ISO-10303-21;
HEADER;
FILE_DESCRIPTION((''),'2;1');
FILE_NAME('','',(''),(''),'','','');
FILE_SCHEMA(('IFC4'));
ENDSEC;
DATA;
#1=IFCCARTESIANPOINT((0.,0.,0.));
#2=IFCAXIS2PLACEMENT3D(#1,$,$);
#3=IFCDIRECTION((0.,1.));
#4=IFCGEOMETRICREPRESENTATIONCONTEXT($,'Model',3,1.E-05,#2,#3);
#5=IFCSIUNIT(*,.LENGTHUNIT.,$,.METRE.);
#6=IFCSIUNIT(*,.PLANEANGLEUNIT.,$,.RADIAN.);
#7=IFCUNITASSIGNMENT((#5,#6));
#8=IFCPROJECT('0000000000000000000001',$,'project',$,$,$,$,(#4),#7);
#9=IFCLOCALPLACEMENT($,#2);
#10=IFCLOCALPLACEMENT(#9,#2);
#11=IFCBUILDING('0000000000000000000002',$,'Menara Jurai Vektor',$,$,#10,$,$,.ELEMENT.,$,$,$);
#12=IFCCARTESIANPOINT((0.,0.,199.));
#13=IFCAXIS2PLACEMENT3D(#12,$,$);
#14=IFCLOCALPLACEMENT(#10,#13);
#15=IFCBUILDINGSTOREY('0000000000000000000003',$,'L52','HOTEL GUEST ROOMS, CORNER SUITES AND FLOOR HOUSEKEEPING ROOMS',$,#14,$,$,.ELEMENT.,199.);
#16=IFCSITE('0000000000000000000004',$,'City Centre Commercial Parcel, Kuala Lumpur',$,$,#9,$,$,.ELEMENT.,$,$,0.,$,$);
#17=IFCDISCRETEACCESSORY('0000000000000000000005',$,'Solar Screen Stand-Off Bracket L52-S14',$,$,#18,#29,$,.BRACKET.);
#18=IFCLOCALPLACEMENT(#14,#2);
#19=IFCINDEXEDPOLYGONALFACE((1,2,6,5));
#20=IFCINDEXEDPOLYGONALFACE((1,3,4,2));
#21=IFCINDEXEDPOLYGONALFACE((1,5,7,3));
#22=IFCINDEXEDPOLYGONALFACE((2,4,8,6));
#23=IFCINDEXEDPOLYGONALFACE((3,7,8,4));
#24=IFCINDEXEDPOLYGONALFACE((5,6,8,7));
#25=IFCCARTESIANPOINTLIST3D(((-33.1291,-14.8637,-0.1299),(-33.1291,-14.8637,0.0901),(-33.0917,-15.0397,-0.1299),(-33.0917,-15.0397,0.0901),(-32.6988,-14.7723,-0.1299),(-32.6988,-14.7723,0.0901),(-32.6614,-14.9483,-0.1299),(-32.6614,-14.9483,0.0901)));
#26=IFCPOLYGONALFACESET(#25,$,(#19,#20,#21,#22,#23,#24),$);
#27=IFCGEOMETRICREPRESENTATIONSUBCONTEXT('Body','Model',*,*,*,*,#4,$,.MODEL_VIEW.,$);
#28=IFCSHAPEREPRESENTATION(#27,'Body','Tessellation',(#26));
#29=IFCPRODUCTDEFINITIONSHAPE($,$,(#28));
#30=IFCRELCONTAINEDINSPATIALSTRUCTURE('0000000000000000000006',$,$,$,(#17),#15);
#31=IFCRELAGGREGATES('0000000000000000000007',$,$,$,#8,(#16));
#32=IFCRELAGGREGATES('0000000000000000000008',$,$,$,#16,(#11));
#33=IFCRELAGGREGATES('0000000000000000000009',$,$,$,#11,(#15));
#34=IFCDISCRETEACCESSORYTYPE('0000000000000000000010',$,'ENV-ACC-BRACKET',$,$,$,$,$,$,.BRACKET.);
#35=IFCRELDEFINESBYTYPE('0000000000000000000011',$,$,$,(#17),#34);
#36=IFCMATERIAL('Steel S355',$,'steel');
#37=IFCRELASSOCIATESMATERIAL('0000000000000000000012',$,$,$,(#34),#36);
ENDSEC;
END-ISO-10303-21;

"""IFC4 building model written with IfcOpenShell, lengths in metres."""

from ifc_helpers import new_model, si_unit, direction, frame, origin, origin_2d, place, context, subcontext, project, spatial, rectangle, extrude, material, type_object, element, save


model = new_model("IFC4")

# Units and contexts
model_context = context("Model", 3, precision=1e-05, world=origin(), true_north=direction((0.0, 1.0)))
body_context = subcontext(model_context, "Body", "Model", "MODEL_VIEW")
ifc_project = project(units=[si_unit("LENGTHUNIT", "METRE"), si_unit("PLANEANGLEUNIT", "RADIAN")], contexts=[model_context])

# Site, building, storey
site_placement = place(None, origin())
site = spatial("IfcSite", under=ifc_project, at=site_placement, Name="City Centre Commercial Parcel, Kuala Lumpur", CompositionType="ELEMENT", RefElevation=0.0)
building_placement = place(site_placement, origin())
building = spatial("IfcBuilding", under=site, at=building_placement, Name="Menara Jurai Vektor", CompositionType="ELEMENT")
storey_placement = place(building_placement, frame((0.0, 0.0, 199.0)))
storey = spatial("IfcBuildingStorey", under=building, at=storey_placement, Name="L52", Description="HOTEL GUEST ROOMS, CORNER SUITES AND FLOOR HOUSEKEEPING ROOMS", CompositionType="ELEMENT", Elevation=199.0)

# Shared definitions
ifc_material_1 = material(Name="Steel S355", Category="steel")

# Discrete accessory
discrete_accessory_type = type_object("IfcDiscreteAccessoryType", Name="ENV-ACC-BRACKET", PredefinedType="BRACKET", material=ifc_material_1)
for number, where, z_axis, x_axis, name in (
    (1, (-32.8953, -14.906, -0.1299), (0.0, 0.0, 1.0), (0.207912, -0.978148, 0.0), "Solar Screen Stand-Off Bracket L52-S14"),
):
    element("IfcDiscreteAccessory", number, at=place(storey_placement, frame(where, z_axis=z_axis, x_axis=x_axis)), inside=storey, type_object=discrete_accessory_type, Name=name, PredefinedType="BRACKET", context=body_context, shape_type="SweptSolid", body=[
        extrude(rectangle(XDim=0.1799, YDim=0.4399, at=origin_2d()), origin(), (0.0, 0.0, 1.0), 0.22),
    ])

save(model, "model.ifc")
